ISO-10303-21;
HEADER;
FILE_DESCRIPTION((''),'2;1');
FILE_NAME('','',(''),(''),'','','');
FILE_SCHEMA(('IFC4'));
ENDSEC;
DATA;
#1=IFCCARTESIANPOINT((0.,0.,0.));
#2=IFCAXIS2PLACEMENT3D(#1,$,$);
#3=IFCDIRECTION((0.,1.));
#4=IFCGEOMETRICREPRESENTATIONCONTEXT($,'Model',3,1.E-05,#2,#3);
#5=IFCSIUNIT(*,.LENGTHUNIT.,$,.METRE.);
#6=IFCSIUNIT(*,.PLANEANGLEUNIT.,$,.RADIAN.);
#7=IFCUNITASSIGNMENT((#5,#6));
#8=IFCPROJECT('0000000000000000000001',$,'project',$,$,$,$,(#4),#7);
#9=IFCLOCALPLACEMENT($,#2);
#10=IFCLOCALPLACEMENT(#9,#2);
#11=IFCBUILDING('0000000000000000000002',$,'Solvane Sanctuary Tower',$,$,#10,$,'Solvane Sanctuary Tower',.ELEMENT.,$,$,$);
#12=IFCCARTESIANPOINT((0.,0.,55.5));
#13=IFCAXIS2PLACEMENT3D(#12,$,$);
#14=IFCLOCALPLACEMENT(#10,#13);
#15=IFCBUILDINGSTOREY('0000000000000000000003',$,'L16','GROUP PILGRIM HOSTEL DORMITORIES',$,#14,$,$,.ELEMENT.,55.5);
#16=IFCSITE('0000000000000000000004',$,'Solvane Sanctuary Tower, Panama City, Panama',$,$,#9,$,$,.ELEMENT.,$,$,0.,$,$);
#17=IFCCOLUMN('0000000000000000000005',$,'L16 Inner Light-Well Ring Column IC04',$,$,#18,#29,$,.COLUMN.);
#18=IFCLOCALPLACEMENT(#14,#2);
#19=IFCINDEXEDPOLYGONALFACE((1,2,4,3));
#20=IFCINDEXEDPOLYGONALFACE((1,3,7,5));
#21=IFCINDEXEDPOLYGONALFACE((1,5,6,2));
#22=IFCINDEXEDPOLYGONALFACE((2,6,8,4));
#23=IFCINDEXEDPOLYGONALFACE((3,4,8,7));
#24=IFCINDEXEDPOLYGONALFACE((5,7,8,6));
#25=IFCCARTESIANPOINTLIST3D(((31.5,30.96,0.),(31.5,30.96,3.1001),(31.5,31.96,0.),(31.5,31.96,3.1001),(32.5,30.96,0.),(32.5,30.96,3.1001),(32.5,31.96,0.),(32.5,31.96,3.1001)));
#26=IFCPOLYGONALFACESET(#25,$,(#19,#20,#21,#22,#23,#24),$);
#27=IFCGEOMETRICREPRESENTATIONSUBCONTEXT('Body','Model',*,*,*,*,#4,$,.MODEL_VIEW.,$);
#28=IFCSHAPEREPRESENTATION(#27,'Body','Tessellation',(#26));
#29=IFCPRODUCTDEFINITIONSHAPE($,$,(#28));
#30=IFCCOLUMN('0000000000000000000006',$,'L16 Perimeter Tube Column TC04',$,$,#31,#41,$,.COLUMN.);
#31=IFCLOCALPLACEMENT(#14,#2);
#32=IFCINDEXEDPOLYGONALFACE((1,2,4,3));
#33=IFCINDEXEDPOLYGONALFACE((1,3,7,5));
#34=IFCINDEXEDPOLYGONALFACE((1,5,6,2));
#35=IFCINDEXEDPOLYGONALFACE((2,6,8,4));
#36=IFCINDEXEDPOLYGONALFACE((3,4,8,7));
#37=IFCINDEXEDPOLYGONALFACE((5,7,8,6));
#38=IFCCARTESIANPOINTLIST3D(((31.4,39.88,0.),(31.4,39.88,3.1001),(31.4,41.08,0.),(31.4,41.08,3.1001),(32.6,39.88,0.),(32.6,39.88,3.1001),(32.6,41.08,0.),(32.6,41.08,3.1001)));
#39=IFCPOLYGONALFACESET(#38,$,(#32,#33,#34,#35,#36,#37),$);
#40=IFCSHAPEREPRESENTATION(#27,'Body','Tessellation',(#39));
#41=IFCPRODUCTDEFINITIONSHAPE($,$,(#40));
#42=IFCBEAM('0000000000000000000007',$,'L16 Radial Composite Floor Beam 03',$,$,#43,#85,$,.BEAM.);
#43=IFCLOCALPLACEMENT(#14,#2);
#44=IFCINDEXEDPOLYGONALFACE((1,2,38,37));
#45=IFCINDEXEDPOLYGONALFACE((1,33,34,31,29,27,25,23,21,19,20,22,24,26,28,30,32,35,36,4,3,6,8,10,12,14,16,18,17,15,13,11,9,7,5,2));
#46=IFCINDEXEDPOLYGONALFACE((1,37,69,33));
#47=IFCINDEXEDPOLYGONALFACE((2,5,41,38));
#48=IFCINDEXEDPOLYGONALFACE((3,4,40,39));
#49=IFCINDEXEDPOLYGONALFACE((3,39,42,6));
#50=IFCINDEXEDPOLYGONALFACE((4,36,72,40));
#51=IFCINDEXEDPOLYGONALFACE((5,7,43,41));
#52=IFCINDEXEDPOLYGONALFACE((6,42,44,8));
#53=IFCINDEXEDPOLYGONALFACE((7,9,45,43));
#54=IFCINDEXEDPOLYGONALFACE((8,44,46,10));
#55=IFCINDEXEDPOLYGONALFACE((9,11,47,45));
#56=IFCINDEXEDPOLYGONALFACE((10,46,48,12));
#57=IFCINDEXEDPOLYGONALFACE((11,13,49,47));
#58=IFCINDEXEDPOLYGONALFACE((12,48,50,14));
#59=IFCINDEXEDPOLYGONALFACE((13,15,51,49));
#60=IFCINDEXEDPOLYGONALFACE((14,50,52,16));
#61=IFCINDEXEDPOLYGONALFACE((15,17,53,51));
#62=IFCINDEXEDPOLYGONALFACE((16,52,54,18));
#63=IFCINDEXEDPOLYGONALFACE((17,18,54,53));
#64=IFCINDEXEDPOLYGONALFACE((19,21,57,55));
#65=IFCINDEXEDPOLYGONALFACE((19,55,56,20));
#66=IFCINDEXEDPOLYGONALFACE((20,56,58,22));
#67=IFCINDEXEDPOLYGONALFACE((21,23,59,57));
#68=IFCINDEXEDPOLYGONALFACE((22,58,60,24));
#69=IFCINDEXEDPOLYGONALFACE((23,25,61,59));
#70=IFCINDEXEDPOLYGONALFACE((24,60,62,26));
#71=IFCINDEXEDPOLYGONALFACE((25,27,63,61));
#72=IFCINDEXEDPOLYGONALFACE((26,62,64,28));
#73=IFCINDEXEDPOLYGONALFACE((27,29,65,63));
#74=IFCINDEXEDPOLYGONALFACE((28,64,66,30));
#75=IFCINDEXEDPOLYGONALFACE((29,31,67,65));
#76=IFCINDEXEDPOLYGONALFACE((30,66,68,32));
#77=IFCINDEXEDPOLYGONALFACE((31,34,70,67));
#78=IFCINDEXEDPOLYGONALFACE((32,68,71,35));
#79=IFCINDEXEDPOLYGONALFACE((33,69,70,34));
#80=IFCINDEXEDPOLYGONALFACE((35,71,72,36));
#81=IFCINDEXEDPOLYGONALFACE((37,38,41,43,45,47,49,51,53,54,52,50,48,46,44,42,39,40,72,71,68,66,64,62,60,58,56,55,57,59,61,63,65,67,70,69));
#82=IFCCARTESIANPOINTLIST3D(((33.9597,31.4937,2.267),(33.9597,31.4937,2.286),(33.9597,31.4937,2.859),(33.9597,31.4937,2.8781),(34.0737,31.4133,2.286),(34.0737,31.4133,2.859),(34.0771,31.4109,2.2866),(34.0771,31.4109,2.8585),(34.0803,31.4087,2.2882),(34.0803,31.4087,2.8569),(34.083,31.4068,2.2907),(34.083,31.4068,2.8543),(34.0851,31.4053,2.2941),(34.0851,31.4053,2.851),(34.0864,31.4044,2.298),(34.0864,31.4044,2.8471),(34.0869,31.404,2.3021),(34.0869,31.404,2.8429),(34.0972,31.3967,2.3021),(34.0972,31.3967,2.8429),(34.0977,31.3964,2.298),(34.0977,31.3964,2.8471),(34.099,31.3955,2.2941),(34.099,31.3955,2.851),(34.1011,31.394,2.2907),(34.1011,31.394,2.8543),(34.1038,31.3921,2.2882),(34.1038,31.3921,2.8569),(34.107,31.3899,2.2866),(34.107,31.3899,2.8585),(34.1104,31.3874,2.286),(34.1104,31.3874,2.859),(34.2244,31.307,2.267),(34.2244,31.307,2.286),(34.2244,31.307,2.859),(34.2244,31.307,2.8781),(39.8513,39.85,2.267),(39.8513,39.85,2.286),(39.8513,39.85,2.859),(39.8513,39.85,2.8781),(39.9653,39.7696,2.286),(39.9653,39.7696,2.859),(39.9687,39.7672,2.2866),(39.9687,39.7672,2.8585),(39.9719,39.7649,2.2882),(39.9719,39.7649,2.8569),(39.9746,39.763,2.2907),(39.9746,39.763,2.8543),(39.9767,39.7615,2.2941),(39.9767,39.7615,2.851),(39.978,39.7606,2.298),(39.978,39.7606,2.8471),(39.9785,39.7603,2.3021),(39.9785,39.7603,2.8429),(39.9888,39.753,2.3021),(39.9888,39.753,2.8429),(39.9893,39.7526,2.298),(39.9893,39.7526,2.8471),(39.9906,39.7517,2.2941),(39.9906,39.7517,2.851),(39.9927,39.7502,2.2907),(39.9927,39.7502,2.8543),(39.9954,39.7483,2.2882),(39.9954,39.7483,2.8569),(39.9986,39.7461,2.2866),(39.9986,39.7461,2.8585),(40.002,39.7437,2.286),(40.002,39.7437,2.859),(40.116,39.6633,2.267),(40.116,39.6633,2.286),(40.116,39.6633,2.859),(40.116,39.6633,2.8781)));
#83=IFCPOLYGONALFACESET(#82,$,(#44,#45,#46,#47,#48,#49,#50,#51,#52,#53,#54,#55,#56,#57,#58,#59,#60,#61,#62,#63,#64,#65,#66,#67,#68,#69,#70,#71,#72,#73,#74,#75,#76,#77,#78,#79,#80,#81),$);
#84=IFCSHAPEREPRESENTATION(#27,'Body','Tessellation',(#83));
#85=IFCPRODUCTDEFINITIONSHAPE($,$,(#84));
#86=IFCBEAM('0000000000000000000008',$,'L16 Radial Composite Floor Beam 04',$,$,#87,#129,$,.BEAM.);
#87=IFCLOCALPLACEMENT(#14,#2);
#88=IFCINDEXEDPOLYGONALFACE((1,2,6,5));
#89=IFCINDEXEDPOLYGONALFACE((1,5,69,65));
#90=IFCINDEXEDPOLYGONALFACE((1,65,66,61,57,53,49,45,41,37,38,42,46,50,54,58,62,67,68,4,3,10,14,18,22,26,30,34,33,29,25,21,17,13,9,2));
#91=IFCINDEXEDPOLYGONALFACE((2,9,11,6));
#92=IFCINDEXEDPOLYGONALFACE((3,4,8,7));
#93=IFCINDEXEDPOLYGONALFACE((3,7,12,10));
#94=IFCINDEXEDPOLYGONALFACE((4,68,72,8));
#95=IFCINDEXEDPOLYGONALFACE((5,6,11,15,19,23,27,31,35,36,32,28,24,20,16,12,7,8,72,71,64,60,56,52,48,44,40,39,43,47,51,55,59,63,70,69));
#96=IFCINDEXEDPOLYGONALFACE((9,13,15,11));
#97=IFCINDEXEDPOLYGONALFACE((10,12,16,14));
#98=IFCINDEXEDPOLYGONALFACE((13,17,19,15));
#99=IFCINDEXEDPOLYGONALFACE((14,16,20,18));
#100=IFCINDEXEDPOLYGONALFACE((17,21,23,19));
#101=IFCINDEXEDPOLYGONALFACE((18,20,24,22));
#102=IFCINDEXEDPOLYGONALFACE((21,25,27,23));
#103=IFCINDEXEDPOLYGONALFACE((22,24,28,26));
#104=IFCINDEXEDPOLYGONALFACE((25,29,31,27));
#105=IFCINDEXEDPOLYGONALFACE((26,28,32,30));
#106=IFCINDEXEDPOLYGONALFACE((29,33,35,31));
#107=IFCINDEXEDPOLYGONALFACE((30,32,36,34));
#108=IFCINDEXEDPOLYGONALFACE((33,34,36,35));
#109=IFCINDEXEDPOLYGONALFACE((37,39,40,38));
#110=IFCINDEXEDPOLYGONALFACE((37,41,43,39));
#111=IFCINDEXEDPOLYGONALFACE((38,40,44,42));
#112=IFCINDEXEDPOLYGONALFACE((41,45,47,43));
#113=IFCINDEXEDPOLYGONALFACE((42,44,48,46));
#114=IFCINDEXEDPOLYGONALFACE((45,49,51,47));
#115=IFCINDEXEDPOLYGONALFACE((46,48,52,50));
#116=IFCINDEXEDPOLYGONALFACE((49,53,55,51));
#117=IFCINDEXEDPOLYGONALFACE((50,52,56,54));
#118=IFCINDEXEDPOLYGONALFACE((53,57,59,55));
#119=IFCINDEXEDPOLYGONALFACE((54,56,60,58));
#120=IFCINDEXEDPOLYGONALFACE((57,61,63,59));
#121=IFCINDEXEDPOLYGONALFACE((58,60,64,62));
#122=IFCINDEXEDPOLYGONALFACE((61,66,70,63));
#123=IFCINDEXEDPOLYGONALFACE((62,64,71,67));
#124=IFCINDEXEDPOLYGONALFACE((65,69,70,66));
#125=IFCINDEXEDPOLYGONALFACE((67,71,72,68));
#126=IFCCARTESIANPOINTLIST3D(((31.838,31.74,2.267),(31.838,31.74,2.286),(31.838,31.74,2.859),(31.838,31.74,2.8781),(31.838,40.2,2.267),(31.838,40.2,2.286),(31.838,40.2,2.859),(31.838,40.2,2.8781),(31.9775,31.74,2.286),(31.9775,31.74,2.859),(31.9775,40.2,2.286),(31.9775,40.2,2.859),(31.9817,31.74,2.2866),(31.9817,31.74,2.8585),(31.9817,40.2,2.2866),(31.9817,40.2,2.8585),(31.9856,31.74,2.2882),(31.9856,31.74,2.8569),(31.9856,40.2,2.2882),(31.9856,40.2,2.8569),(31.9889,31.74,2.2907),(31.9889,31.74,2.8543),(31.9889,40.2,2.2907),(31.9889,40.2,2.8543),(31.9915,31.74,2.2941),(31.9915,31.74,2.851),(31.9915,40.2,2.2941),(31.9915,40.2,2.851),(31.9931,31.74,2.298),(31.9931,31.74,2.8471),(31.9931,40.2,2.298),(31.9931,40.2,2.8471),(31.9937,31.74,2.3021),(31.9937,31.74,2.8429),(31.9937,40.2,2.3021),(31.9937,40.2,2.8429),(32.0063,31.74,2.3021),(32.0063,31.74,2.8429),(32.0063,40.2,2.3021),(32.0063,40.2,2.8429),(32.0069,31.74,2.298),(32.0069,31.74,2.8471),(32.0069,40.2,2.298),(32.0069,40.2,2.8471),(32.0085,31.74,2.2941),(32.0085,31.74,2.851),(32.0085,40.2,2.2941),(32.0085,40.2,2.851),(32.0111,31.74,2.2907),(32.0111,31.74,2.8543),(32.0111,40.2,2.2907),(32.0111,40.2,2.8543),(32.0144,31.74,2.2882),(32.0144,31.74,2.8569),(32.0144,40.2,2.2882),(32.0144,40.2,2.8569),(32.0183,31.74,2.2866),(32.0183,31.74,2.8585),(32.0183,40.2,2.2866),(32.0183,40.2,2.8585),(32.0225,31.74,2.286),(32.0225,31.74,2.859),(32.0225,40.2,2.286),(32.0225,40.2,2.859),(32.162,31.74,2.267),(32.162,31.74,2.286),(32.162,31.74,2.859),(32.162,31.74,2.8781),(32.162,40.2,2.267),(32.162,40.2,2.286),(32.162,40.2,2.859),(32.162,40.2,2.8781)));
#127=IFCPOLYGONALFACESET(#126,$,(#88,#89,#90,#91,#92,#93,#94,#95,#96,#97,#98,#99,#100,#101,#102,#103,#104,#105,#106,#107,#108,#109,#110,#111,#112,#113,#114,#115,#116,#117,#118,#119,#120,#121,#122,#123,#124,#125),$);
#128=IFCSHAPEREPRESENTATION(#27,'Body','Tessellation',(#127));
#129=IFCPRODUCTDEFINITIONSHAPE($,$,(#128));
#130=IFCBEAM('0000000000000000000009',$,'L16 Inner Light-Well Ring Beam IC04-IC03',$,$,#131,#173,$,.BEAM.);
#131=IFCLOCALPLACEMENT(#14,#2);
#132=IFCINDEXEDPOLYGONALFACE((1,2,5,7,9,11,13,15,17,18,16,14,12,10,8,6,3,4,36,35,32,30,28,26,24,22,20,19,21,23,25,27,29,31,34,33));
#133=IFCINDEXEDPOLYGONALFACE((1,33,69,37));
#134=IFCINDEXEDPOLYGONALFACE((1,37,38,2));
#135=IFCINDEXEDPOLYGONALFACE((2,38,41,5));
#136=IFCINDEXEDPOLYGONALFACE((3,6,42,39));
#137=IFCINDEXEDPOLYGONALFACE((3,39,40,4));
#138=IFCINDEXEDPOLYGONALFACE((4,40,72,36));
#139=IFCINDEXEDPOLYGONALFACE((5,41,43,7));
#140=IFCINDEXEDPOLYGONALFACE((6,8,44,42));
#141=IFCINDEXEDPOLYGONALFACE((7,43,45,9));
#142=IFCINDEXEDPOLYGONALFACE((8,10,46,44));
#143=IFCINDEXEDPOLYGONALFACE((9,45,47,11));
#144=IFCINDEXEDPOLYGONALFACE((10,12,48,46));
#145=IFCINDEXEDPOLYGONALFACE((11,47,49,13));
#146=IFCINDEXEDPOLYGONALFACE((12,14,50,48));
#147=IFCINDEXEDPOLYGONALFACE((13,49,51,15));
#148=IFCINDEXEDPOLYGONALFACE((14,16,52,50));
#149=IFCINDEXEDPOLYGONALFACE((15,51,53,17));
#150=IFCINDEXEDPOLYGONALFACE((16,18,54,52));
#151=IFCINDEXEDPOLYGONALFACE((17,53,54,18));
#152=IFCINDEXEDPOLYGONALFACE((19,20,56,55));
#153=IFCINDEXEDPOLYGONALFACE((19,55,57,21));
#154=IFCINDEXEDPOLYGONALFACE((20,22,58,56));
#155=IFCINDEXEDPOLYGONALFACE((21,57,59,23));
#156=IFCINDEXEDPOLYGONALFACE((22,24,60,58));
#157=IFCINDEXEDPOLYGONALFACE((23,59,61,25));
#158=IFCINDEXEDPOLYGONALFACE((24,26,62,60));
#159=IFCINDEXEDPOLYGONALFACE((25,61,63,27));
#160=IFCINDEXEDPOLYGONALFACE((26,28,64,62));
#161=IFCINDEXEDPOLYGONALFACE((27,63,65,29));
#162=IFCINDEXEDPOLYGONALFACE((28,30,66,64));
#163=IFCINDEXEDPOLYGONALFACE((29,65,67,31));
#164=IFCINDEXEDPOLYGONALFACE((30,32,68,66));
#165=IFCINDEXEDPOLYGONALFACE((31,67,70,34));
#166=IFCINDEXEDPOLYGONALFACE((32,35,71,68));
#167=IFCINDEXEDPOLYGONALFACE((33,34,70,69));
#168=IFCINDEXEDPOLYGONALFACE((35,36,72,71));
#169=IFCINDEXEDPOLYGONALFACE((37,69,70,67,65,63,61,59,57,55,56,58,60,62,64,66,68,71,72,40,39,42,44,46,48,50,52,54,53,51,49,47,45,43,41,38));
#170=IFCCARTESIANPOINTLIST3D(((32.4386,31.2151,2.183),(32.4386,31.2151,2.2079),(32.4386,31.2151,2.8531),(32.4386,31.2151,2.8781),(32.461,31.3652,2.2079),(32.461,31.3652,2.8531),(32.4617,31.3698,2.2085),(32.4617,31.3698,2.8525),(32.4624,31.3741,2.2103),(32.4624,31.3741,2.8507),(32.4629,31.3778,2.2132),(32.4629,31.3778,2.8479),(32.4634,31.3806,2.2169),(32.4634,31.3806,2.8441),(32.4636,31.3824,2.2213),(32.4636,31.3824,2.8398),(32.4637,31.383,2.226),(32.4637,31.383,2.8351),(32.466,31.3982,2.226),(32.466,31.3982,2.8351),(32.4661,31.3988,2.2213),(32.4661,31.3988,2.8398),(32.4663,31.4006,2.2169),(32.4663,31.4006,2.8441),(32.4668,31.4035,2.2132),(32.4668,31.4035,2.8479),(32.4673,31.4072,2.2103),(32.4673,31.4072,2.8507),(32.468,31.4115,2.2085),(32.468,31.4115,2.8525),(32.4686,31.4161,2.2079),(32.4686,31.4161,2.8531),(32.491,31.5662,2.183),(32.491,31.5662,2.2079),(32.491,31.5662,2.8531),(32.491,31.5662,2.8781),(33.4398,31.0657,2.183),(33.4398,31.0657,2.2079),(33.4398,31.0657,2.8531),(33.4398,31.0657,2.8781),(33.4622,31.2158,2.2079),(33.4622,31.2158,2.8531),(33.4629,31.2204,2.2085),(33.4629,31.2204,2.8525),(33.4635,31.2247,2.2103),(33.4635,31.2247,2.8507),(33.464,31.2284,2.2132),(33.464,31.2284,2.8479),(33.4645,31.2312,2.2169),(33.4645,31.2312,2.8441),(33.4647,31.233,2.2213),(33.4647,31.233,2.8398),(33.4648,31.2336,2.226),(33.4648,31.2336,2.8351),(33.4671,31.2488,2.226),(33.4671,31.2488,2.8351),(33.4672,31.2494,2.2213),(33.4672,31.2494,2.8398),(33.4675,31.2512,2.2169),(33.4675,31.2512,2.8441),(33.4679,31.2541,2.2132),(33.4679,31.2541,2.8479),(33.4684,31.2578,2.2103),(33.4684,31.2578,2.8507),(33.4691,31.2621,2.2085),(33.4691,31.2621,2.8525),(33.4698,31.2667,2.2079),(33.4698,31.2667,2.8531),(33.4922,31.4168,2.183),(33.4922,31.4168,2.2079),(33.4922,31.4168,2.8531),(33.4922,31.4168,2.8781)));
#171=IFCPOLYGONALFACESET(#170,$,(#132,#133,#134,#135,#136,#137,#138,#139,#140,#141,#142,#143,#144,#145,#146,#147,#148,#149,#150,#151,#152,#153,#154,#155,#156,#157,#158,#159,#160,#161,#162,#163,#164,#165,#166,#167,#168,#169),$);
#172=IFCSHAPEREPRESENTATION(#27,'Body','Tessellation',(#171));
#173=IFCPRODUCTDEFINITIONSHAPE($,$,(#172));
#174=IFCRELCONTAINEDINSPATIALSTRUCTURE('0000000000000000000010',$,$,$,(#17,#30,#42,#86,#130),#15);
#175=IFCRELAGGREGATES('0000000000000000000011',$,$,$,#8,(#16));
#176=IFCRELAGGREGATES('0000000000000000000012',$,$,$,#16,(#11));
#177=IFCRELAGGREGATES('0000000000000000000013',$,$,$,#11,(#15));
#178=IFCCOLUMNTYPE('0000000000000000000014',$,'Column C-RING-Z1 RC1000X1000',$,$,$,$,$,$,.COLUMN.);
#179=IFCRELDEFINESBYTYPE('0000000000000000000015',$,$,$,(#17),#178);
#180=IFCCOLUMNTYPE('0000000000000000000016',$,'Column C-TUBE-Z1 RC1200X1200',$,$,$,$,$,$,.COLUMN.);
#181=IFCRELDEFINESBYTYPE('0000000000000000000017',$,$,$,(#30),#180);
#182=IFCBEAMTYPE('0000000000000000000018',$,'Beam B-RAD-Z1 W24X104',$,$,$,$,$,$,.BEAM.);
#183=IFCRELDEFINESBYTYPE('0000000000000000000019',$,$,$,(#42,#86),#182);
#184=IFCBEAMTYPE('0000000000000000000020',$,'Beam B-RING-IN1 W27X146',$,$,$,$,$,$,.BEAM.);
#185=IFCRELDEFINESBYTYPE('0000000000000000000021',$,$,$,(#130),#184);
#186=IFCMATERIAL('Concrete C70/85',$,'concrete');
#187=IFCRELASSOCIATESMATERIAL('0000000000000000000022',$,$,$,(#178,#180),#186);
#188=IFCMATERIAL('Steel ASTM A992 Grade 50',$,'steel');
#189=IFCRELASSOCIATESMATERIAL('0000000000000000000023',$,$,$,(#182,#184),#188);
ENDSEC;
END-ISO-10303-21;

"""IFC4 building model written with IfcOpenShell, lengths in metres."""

from ifc_helpers import new_model, si_unit, direction, frame, origin, origin_2d, place, context, subcontext, project, spatial, rectangle, i_section, extrude, material, material_profile, profile_set, type_object, element, save


model = new_model("IFC4")

# Units and contexts
model_context = context("Model", 3, precision=1e-05, world=origin(), true_north=direction((0.0, 1.0)))
body_context = subcontext(model_context, "Body", "Model", "MODEL_VIEW")
ifc_project = project(units=[si_unit("LENGTHUNIT", "METRE"), si_unit("PLANEANGLEUNIT", "RADIAN")], contexts=[model_context])

# Site, building, storey
site_placement = place(None, origin())
site = spatial("IfcSite", under=ifc_project, at=site_placement, Name="Solvane Sanctuary Tower, Panama City, Panama", CompositionType="ELEMENT", RefElevation=0.0)
building_placement = place(site_placement, origin())
building = spatial("IfcBuilding", under=site, at=building_placement, Name="Solvane Sanctuary Tower", LongName="Solvane Sanctuary Tower", CompositionType="ELEMENT")
storey_placement = place(building_placement, frame((0.0, 0.0, 55.5)))
storey = spatial("IfcBuildingStorey", under=building, at=storey_placement, Name="L16", Description="GROUP PILGRIM HOSTEL DORMITORIES", CompositionType="ELEMENT", Elevation=55.5)

# Columns
ifc_material_1 = material(Name="Concrete C70/85", Category="concrete")
ifc_material_profile_1 = material_profile(ifc_material_1, rectangle(XDim=1.0, YDim=1.0, at=origin_2d()), Name="RC1000X1000")
ifc_profile_set_1 = profile_set([ifc_material_profile_1], Name="Concrete C70/85")
column_type_1 = type_object("IfcColumnType", Name="Column C-RING-Z1 RC1000X1000", PredefinedType="COLUMN", material=ifc_profile_set_1)
column_1_placement = place(storey_placement, frame((32.0, 31.46, 0.0), z_axis=(0.0, 0.0, 1.0), x_axis=(1.0, 0.0, 0.0)))
element("IfcColumn", 1, at=column_1_placement, inside=storey, type_object=column_type_1, Name="L16 Inner Light-Well Ring Column IC04", PredefinedType="COLUMN", context=body_context, shape_type="SweptSolid", body=[
    extrude(rectangle(XDim=1.0, YDim=1.0, at=origin_2d()), origin(), (0.0, 0.0, 1.0), 3.1001),
])
ifc_material_profile_2 = material_profile(ifc_material_1, rectangle(XDim=1.2, YDim=1.2, at=origin_2d()), Name="RC1200X1200")
ifc_profile_set_2 = profile_set([ifc_material_profile_2], Name="Concrete C70/85")
column_type_2 = type_object("IfcColumnType", Name="Column C-TUBE-Z1 RC1200X1200", PredefinedType="COLUMN", material=ifc_profile_set_2)
column_2_placement = place(storey_placement, frame((32.0, 40.48, 0.0), z_axis=(0.0, 0.0, 1.0), x_axis=(0.0, 1.0, 0.0)))
element("IfcColumn", 2, at=column_2_placement, inside=storey, type_object=column_type_2, Name="L16 Perimeter Tube Column TC04", PredefinedType="COLUMN", context=body_context, shape_type="SweptSolid", body=[
    extrude(rectangle(XDim=1.2, YDim=1.2, at=origin_2d()), origin(), (0.0, 0.0, 1.0), 3.1001),
])

# Beams
ifc_material_2 = material(Name="Steel ASTM A992 Grade 50", Category="steel")
ifc_material_profile_3 = material_profile(ifc_material_2, i_section(OverallWidth=0.324, OverallDepth=0.6111, WebThickness=0.0127, FlangeThickness=0.019, FilletRadius=0.0161, at=origin_2d()), Name="W24X104")
ifc_profile_set_3 = profile_set([ifc_material_profile_3], Name="Steel ASTM A992 Grade 50")
beam_type_1 = type_object("IfcBeamType", Name="Beam B-RAD-Z1 W24X104", PredefinedType="BEAM", material=ifc_profile_set_3)
beam_1_placement = place(storey_placement, frame((34.092, 31.4004, 2.5725), z_axis=(0.576233, 0.817285, 0.0), x_axis=(-0.817285, 0.576233, 0.0)))
element("IfcBeam", 3, at=beam_1_placement, inside=storey, type_object=beam_type_1, Name="L16 Radial Composite Floor Beam 03", PredefinedType="BEAM", context=body_context, shape_type="SweptSolid", body=[
    extrude(i_section(OverallWidth=0.324, OverallDepth=0.6111, WebThickness=0.0127, FlangeThickness=0.019, FilletRadius=0.0161, at=origin_2d()), origin(), (0.0, 0.0, 1.0), 10.2244),
])
beam_2_placement = place(storey_placement, frame((32.0, 31.74, 2.5725), z_axis=(0.0, 1.0, 0.0), x_axis=(-1.0, 0.0, 0.0)))
element("IfcBeam", 4, at=beam_2_placement, inside=storey, type_object=beam_type_1, Name="L16 Radial Composite Floor Beam 04", PredefinedType="BEAM", context=body_context, shape_type="SweptSolid", body=[
    extrude(i_section(OverallWidth=0.324, OverallDepth=0.6111, WebThickness=0.0127, FlangeThickness=0.019, FilletRadius=0.0161, at=origin_2d()), origin(), (0.0, 0.0, 1.0), 8.46),
])
ifc_material_profile_4 = material_profile(ifc_material_2, i_section(OverallWidth=0.355, OverallDepth=0.6951, WebThickness=0.0154, FlangeThickness=0.0249, FilletRadius=0.0181, at=origin_2d()), Name="W27X146")
ifc_profile_set_4 = profile_set([ifc_material_profile_4], Name="Steel ASTM A992 Grade 50")
beam_type_2 = type_object("IfcBeamType", Name="Beam B-RING-IN1 W27X146", PredefinedType="BEAM", material=ifc_profile_set_4)
beam_3_placement = place(storey_placement, frame((32.4648, 31.3906, 2.5305), z_axis=(0.989048, -0.147597, 0.0), x_axis=(0.147597, 0.989048, 0.0)))
element("IfcBeam", 5, at=beam_3_placement, inside=storey, type_object=beam_type_2, Name="L16 Inner Light-Well Ring Beam IC04-IC03", PredefinedType="BEAM", context=body_context, shape_type="SweptSolid", body=[
    extrude(i_section(OverallWidth=0.355, OverallDepth=0.6951, WebThickness=0.0154, FlangeThickness=0.0249, FilletRadius=0.0181, at=origin_2d()), origin(), (0.0, 0.0, 1.0), 1.0122),
])

save(model, "model.ifc")
